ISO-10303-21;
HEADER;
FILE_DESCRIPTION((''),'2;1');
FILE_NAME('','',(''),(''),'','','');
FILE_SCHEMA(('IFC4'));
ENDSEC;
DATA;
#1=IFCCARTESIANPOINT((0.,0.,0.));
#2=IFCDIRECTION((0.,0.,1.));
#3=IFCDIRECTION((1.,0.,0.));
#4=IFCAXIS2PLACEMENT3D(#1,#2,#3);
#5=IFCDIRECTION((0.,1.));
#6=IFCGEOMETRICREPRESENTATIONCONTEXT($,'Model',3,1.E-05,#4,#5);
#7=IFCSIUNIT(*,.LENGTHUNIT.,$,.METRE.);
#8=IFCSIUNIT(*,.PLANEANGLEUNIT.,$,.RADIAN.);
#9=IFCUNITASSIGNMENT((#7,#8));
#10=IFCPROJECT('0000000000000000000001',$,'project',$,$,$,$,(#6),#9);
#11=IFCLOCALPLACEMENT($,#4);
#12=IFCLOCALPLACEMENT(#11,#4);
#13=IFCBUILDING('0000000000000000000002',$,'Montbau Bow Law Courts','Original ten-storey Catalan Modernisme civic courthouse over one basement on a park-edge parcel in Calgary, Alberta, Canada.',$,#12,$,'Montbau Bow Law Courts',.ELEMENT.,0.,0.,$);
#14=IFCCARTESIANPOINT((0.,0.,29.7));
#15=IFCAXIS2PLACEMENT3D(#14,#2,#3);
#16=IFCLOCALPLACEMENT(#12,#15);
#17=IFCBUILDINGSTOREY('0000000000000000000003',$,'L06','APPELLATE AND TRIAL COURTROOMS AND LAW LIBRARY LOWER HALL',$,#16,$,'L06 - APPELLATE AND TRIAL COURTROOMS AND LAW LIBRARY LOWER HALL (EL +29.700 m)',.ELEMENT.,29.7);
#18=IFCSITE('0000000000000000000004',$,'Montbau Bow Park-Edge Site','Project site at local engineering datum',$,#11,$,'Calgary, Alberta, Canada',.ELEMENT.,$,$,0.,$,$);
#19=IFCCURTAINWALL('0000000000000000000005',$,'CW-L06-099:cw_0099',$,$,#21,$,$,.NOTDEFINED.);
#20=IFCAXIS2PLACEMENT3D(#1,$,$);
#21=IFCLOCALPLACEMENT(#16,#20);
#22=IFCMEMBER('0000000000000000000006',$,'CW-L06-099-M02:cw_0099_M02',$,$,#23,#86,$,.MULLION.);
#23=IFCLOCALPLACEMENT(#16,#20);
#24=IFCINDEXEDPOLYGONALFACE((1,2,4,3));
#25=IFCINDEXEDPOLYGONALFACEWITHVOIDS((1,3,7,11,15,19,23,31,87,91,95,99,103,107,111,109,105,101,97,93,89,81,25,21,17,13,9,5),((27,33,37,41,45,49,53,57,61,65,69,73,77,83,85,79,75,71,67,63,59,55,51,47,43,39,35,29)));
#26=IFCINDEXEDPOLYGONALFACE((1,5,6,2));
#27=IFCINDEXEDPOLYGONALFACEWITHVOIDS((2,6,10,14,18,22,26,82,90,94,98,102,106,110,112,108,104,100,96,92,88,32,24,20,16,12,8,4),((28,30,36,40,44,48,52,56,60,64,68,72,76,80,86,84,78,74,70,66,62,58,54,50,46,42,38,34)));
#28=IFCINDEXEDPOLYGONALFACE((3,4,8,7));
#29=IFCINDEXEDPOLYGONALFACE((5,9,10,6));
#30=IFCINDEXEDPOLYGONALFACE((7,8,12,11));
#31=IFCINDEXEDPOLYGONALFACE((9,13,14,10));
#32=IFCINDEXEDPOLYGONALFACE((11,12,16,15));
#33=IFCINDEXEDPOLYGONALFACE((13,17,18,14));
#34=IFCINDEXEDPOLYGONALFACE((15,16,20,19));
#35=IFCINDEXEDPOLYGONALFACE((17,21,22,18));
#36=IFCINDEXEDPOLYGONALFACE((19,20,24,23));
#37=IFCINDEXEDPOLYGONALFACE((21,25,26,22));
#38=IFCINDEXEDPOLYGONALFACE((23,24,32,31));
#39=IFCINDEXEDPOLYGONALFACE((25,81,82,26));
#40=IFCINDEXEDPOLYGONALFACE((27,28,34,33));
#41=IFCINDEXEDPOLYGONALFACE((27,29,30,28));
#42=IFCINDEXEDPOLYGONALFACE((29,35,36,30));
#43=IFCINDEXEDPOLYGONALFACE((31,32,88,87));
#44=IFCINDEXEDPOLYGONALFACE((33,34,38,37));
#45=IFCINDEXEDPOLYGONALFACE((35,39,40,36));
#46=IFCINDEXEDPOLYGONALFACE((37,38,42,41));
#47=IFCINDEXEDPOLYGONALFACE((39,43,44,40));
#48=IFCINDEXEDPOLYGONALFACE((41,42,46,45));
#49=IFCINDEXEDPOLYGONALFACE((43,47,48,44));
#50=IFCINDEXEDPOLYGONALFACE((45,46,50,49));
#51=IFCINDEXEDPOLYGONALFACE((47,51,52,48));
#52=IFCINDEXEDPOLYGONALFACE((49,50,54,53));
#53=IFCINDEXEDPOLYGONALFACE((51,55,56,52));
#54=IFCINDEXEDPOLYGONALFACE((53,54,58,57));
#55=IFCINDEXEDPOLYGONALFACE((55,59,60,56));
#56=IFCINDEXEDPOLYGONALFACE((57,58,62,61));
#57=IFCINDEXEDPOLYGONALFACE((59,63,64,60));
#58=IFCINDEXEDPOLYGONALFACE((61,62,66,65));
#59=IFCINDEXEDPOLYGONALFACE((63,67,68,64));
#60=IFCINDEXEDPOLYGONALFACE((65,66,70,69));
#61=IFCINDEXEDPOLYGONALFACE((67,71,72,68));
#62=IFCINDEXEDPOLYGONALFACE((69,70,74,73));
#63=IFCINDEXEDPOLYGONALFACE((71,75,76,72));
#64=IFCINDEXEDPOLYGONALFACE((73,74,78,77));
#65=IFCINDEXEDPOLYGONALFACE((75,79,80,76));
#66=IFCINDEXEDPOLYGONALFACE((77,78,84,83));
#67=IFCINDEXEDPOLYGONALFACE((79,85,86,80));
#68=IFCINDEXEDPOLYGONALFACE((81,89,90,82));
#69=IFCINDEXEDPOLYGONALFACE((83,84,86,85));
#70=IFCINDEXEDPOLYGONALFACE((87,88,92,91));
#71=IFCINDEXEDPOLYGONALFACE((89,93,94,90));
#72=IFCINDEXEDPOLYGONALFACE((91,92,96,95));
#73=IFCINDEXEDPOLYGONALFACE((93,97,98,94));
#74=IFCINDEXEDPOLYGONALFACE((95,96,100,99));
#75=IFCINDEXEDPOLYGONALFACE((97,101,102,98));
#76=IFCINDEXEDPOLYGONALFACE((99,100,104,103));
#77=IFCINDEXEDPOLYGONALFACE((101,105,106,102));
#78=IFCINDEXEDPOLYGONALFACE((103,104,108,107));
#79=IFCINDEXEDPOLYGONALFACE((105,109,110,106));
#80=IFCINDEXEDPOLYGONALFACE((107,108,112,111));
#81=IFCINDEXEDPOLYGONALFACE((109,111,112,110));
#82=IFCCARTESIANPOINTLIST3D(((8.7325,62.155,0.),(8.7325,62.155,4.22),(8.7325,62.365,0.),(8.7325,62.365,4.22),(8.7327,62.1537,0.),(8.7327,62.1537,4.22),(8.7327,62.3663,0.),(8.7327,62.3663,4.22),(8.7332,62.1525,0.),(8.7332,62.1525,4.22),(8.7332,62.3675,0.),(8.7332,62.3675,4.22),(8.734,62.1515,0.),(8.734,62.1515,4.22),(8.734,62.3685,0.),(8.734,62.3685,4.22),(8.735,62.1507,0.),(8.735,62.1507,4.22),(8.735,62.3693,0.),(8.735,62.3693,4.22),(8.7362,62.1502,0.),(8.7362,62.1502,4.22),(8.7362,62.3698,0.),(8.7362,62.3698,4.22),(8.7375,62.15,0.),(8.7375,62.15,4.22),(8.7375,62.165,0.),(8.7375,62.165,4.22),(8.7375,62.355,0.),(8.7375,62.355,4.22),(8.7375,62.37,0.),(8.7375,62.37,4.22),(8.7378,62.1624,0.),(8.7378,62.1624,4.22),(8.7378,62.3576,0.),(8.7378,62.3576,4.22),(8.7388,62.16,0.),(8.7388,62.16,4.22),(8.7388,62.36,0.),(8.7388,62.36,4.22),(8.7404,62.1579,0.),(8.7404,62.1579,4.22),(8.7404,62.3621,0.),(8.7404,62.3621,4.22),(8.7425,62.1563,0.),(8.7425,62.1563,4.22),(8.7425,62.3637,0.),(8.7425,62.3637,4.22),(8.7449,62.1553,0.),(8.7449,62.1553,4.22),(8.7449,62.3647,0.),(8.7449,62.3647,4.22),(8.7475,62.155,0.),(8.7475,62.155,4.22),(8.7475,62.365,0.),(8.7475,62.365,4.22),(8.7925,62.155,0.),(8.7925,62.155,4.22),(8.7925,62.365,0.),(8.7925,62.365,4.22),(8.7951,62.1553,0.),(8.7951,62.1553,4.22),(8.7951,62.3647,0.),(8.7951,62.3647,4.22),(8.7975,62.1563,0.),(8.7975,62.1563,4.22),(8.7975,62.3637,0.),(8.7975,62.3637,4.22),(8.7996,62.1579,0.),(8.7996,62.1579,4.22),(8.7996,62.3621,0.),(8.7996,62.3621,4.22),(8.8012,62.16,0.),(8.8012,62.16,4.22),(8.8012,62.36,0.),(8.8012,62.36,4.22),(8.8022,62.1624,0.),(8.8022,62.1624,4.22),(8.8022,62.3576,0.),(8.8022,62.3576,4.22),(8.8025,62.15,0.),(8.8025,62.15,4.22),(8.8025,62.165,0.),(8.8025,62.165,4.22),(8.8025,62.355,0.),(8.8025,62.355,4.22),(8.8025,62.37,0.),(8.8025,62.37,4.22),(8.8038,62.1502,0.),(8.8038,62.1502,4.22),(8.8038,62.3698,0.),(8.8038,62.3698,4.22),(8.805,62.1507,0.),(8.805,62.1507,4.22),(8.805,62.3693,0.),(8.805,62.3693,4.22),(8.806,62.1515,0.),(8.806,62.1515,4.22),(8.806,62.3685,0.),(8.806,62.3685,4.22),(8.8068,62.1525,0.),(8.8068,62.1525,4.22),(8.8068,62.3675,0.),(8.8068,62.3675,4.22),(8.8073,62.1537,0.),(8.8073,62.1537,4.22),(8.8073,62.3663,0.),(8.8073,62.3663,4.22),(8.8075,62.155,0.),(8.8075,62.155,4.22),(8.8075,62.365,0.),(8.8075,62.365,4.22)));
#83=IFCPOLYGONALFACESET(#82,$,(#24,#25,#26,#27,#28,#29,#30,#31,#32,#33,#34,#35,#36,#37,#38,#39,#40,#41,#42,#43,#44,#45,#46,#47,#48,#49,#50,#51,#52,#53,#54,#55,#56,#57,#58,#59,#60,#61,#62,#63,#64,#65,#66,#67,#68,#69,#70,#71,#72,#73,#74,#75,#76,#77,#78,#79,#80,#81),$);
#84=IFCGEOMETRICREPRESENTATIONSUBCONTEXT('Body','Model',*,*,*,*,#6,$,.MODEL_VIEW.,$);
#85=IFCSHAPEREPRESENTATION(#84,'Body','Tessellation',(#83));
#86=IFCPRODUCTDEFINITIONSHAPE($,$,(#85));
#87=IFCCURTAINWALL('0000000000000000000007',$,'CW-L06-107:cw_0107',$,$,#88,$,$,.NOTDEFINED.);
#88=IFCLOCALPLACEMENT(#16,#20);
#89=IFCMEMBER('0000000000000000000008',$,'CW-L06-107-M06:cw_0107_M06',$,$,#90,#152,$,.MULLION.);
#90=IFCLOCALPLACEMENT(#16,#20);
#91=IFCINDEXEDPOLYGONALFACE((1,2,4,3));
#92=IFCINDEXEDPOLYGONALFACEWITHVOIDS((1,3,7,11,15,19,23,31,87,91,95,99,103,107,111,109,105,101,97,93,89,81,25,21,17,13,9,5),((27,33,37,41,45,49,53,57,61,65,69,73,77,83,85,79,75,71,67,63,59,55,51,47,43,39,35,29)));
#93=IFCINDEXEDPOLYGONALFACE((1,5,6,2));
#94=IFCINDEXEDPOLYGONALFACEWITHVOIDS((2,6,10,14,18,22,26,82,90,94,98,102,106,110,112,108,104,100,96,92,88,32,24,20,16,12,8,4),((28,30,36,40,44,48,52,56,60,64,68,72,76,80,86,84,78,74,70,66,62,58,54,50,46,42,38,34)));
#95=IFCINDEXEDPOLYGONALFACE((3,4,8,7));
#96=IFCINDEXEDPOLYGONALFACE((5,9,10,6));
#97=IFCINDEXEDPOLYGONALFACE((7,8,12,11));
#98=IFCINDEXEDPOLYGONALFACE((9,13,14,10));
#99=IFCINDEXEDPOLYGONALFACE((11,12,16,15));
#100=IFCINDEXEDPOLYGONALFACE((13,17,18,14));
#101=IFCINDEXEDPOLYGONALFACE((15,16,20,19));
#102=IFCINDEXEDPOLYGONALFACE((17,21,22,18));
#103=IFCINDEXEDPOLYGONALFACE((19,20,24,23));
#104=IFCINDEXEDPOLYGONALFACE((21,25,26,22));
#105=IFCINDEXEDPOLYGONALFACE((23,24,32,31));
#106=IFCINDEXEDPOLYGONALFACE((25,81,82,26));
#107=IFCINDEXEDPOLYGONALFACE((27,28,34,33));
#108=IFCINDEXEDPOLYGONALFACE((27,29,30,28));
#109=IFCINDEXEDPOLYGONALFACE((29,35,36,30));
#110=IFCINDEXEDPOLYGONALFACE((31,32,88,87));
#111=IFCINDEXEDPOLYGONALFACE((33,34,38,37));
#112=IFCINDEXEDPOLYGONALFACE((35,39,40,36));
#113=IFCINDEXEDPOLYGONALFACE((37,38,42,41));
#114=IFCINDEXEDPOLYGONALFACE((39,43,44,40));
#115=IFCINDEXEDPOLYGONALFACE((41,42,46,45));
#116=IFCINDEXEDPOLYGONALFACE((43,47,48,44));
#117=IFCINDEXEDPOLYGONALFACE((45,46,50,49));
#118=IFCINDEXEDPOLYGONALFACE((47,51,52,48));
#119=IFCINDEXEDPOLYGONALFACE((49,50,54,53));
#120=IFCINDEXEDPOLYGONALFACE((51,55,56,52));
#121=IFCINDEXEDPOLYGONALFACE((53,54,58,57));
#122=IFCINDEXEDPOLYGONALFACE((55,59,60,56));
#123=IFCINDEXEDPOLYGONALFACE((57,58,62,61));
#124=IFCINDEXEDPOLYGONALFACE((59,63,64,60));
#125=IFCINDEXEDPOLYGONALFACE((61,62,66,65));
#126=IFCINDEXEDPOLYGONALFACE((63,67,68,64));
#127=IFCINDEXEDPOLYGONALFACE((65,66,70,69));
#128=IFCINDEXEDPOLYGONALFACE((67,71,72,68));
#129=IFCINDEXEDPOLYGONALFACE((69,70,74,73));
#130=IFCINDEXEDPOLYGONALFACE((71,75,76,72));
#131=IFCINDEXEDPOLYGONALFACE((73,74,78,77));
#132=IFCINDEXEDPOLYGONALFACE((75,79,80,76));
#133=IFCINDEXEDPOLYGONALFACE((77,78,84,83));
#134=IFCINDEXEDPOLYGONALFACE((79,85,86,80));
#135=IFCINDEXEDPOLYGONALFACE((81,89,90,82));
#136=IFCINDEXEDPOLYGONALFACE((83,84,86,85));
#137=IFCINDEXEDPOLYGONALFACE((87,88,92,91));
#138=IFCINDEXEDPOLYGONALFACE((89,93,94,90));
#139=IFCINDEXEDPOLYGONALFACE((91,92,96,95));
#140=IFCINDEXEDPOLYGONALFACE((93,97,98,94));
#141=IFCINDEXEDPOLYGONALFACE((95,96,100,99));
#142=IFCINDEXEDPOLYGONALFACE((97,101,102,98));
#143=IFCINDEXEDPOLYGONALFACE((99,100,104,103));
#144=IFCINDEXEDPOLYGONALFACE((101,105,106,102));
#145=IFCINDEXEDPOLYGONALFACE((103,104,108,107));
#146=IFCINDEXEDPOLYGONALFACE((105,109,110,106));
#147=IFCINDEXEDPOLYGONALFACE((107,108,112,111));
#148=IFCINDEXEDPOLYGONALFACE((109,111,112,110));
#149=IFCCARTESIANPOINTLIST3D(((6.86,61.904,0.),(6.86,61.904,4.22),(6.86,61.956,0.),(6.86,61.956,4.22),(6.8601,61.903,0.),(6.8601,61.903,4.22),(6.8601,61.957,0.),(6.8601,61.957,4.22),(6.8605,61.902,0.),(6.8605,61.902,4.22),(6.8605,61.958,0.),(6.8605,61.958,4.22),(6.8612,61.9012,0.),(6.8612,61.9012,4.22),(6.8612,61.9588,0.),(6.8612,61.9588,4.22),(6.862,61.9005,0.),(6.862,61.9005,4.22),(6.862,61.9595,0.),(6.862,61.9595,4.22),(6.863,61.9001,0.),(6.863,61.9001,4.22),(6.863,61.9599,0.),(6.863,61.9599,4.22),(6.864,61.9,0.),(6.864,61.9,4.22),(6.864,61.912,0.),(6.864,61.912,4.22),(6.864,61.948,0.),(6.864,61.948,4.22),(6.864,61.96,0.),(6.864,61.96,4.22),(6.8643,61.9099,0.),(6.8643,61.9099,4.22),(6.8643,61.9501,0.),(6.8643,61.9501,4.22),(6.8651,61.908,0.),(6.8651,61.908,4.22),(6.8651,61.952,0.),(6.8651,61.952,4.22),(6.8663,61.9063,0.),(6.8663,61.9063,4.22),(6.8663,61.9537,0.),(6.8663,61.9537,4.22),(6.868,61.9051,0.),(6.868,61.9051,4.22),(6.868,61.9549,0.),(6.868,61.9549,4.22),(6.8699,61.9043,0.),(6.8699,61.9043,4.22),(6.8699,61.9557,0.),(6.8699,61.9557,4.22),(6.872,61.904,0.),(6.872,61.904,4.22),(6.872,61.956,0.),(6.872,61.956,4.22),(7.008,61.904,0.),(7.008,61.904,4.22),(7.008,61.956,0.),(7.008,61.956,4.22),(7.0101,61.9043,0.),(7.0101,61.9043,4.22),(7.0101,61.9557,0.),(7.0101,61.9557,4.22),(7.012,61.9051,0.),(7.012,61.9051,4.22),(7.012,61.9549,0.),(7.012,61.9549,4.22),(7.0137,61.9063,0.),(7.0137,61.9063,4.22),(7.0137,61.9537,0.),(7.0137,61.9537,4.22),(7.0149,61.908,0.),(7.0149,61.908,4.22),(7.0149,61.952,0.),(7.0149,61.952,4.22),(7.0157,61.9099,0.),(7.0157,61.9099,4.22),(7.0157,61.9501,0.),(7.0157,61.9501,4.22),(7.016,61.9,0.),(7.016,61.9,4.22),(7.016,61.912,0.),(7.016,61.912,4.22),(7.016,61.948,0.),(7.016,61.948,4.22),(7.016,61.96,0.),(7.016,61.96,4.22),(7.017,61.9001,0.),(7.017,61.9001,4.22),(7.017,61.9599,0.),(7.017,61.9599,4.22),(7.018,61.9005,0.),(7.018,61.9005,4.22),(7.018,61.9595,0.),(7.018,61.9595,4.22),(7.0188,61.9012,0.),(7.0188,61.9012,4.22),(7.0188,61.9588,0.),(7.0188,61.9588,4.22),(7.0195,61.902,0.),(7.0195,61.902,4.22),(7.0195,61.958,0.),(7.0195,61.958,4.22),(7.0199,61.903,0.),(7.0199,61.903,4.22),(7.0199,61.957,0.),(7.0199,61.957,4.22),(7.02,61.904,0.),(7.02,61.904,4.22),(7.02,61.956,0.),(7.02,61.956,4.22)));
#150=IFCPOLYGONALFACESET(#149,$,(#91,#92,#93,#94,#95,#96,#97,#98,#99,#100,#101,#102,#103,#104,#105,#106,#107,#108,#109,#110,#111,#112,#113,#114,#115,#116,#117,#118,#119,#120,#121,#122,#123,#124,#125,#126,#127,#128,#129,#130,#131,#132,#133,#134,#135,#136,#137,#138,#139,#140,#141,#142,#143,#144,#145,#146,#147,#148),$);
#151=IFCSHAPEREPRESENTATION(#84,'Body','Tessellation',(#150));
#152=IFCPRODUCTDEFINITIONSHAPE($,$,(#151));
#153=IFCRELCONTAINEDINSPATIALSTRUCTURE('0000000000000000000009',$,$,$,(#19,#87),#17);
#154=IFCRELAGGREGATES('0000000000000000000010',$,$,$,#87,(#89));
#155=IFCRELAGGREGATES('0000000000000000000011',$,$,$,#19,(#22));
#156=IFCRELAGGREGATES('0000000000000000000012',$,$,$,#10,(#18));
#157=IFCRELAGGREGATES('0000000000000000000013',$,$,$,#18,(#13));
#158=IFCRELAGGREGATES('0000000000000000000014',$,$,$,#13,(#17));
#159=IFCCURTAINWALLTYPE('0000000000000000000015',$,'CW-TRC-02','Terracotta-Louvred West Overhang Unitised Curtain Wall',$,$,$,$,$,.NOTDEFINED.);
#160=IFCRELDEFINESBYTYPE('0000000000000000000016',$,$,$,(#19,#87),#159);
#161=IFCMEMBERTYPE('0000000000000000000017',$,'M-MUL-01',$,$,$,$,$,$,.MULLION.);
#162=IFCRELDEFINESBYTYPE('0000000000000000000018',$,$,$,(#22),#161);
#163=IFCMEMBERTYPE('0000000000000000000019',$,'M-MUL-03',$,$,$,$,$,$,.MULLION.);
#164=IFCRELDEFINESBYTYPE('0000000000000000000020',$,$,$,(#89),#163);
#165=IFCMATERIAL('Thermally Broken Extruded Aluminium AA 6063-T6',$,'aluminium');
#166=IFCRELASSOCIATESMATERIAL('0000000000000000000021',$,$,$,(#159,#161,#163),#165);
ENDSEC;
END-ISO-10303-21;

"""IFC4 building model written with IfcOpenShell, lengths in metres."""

from ifc_helpers import new_model, si_unit, direction, frame, origin_with_axes, origin_2d_with_axis, place, context, subcontext, project, spatial, hollow_rectangle, extrude, material, material_profile, profile_set, type_object, element, aggregate, save


model = new_model("IFC4")

# Units and contexts
model_context = context("Model", 3, precision=1e-05, world=origin_with_axes(), true_north=direction((0.0, 1.0)))
body_context = subcontext(model_context, "Body", "Model", "MODEL_VIEW")
ifc_project = project(units=[si_unit("LENGTHUNIT", "METRE"), si_unit("PLANEANGLEUNIT", "RADIAN")], contexts=[model_context])

# Site, building, storey
site_placement = place(None, origin_with_axes())
site = spatial("IfcSite", under=ifc_project, at=site_placement, Name="Montbau Bow Park-Edge Site", Description="Project site at local engineering datum", LongName="Calgary, Alberta, Canada", CompositionType="ELEMENT", RefElevation=0.0)
building_placement = place(site_placement, origin_with_axes())
building = spatial("IfcBuilding", under=site, at=building_placement, Name="Montbau Bow Law Courts", Description="Original ten-storey Catalan Modernisme civic courthouse over one basement on a park-edge parcel in Calgary, Alberta, Canada.", LongName="Montbau Bow Law Courts", CompositionType="ELEMENT", ElevationOfRefHeight=0.0, ElevationOfTerrain=0.0)
storey_placement = place(building_placement, frame((0.0, 0.0, 29.7), z_axis=(0.0, 0.0, 1.0), x_axis=(1.0, 0.0, 0.0)))
storey = spatial("IfcBuildingStorey", under=building, at=storey_placement, Name="L06", Description="APPELLATE AND TRIAL COURTROOMS AND LAW LIBRARY LOWER HALL", LongName="L06 - APPELLATE AND TRIAL COURTROOMS AND LAW LIBRARY LOWER HALL (EL +29.700 m)", CompositionType="ELEMENT", Elevation=29.7)

# Curtain wall, member
ifc_material_1 = material(Name="Thermally Broken Extruded Aluminium AA 6063-T6", Category="aluminium")
curtain_wall_type = type_object("IfcCurtainWallType", Name="CW-TRC-02", Description="Terracotta-Louvred West Overhang Unitised Curtain Wall", PredefinedType="NOTDEFINED", material=ifc_material_1)
curtain_wall_1_placement = place(None, frame((7.24, 62.26, 29.7), z_axis=(0.0, 0.0, 1.0), x_axis=(1.0, 0.0, 0.0)))
curtain_wall_1 = element("IfcCurtainWall", 1, at=curtain_wall_1_placement, inside=storey, type_object=curtain_wall_type, Name="CW-L06-099:cw_0099", PredefinedType="NOTDEFINED")
ifc_material_profile_1 = material_profile(ifc_material_1, hollow_rectangle(XDim=0.075, YDim=0.22, WallThickness=0.005, InnerFilletRadius=0.01, OuterFilletRadius=0.005, at=origin_2d_with_axis()), Name="CWM-220X75", Category="Main", Priority=0)
ifc_profile_set_1 = profile_set([ifc_material_profile_1], Name="Thermally Broken Extruded Aluminium AA 6063-T6")
member_type_1 = type_object("IfcMemberType", Name="M-MUL-01", PredefinedType="MULLION", material=ifc_profile_set_1)
member_1_placement = place(None, frame((8.77, 62.26, 29.7), z_axis=(0.0, 0.0, 1.0), x_axis=(1.0, 0.0, 0.0)))
member_1 = element("IfcMember", 2, at=member_1_placement, type_object=member_type_1, Name="CW-L06-099-M02:cw_0099_M02", PredefinedType="MULLION", context=body_context, shape_type="SweptSolid", body=[
    extrude(hollow_rectangle(XDim=0.075, YDim=0.22, WallThickness=0.005, InnerFilletRadius=0.01, OuterFilletRadius=0.005, at=origin_2d_with_axis()), origin_with_axes(), (0.0, 0.0, 1.0), 4.22),
])

# Curtain wall, member
curtain_wall_2_placement = place(None, frame((6.94, 55.04, 29.7), z_axis=(0.0, 0.0, 1.0), x_axis=(1.0, 0.0, 0.0)))
curtain_wall_2 = element("IfcCurtainWall", 3, at=curtain_wall_2_placement, inside=storey, type_object=curtain_wall_type, Name="CW-L06-107:cw_0107", PredefinedType="NOTDEFINED")
ifc_material_profile_2 = material_profile(ifc_material_1, hollow_rectangle(XDim=0.06, YDim=0.16, WallThickness=0.004, InnerFilletRadius=0.008, OuterFilletRadius=0.004, at=origin_2d_with_axis()), Name="CWM-160X60", Category="Main", Priority=0)
ifc_profile_set_2 = profile_set([ifc_material_profile_2], Name="Thermally Broken Extruded Aluminium AA 6063-T6")
member_type_2 = type_object("IfcMemberType", Name="M-MUL-03", PredefinedType="MULLION", material=ifc_profile_set_2)
member_2_placement = place(None, frame((6.94, 61.93, 29.7), z_axis=(0.0, 0.0, 1.0), x_axis=(0.0, 1.0, 0.0)))
member_2 = element("IfcMember", 4, at=member_2_placement, type_object=member_type_2, Name="CW-L06-107-M06:cw_0107_M06", PredefinedType="MULLION", context=body_context, shape_type="SweptSolid", body=[
    extrude(hollow_rectangle(XDim=0.06, YDim=0.16, WallThickness=0.004, InnerFilletRadius=0.008, OuterFilletRadius=0.004, at=origin_2d_with_axis()), origin_with_axes(), (0.0, 0.0, 1.0), 4.22),
])

aggregate(curtain_wall_2, [member_2])
aggregate(curtain_wall_1, [member_1])

save(model, "model.ifc")
